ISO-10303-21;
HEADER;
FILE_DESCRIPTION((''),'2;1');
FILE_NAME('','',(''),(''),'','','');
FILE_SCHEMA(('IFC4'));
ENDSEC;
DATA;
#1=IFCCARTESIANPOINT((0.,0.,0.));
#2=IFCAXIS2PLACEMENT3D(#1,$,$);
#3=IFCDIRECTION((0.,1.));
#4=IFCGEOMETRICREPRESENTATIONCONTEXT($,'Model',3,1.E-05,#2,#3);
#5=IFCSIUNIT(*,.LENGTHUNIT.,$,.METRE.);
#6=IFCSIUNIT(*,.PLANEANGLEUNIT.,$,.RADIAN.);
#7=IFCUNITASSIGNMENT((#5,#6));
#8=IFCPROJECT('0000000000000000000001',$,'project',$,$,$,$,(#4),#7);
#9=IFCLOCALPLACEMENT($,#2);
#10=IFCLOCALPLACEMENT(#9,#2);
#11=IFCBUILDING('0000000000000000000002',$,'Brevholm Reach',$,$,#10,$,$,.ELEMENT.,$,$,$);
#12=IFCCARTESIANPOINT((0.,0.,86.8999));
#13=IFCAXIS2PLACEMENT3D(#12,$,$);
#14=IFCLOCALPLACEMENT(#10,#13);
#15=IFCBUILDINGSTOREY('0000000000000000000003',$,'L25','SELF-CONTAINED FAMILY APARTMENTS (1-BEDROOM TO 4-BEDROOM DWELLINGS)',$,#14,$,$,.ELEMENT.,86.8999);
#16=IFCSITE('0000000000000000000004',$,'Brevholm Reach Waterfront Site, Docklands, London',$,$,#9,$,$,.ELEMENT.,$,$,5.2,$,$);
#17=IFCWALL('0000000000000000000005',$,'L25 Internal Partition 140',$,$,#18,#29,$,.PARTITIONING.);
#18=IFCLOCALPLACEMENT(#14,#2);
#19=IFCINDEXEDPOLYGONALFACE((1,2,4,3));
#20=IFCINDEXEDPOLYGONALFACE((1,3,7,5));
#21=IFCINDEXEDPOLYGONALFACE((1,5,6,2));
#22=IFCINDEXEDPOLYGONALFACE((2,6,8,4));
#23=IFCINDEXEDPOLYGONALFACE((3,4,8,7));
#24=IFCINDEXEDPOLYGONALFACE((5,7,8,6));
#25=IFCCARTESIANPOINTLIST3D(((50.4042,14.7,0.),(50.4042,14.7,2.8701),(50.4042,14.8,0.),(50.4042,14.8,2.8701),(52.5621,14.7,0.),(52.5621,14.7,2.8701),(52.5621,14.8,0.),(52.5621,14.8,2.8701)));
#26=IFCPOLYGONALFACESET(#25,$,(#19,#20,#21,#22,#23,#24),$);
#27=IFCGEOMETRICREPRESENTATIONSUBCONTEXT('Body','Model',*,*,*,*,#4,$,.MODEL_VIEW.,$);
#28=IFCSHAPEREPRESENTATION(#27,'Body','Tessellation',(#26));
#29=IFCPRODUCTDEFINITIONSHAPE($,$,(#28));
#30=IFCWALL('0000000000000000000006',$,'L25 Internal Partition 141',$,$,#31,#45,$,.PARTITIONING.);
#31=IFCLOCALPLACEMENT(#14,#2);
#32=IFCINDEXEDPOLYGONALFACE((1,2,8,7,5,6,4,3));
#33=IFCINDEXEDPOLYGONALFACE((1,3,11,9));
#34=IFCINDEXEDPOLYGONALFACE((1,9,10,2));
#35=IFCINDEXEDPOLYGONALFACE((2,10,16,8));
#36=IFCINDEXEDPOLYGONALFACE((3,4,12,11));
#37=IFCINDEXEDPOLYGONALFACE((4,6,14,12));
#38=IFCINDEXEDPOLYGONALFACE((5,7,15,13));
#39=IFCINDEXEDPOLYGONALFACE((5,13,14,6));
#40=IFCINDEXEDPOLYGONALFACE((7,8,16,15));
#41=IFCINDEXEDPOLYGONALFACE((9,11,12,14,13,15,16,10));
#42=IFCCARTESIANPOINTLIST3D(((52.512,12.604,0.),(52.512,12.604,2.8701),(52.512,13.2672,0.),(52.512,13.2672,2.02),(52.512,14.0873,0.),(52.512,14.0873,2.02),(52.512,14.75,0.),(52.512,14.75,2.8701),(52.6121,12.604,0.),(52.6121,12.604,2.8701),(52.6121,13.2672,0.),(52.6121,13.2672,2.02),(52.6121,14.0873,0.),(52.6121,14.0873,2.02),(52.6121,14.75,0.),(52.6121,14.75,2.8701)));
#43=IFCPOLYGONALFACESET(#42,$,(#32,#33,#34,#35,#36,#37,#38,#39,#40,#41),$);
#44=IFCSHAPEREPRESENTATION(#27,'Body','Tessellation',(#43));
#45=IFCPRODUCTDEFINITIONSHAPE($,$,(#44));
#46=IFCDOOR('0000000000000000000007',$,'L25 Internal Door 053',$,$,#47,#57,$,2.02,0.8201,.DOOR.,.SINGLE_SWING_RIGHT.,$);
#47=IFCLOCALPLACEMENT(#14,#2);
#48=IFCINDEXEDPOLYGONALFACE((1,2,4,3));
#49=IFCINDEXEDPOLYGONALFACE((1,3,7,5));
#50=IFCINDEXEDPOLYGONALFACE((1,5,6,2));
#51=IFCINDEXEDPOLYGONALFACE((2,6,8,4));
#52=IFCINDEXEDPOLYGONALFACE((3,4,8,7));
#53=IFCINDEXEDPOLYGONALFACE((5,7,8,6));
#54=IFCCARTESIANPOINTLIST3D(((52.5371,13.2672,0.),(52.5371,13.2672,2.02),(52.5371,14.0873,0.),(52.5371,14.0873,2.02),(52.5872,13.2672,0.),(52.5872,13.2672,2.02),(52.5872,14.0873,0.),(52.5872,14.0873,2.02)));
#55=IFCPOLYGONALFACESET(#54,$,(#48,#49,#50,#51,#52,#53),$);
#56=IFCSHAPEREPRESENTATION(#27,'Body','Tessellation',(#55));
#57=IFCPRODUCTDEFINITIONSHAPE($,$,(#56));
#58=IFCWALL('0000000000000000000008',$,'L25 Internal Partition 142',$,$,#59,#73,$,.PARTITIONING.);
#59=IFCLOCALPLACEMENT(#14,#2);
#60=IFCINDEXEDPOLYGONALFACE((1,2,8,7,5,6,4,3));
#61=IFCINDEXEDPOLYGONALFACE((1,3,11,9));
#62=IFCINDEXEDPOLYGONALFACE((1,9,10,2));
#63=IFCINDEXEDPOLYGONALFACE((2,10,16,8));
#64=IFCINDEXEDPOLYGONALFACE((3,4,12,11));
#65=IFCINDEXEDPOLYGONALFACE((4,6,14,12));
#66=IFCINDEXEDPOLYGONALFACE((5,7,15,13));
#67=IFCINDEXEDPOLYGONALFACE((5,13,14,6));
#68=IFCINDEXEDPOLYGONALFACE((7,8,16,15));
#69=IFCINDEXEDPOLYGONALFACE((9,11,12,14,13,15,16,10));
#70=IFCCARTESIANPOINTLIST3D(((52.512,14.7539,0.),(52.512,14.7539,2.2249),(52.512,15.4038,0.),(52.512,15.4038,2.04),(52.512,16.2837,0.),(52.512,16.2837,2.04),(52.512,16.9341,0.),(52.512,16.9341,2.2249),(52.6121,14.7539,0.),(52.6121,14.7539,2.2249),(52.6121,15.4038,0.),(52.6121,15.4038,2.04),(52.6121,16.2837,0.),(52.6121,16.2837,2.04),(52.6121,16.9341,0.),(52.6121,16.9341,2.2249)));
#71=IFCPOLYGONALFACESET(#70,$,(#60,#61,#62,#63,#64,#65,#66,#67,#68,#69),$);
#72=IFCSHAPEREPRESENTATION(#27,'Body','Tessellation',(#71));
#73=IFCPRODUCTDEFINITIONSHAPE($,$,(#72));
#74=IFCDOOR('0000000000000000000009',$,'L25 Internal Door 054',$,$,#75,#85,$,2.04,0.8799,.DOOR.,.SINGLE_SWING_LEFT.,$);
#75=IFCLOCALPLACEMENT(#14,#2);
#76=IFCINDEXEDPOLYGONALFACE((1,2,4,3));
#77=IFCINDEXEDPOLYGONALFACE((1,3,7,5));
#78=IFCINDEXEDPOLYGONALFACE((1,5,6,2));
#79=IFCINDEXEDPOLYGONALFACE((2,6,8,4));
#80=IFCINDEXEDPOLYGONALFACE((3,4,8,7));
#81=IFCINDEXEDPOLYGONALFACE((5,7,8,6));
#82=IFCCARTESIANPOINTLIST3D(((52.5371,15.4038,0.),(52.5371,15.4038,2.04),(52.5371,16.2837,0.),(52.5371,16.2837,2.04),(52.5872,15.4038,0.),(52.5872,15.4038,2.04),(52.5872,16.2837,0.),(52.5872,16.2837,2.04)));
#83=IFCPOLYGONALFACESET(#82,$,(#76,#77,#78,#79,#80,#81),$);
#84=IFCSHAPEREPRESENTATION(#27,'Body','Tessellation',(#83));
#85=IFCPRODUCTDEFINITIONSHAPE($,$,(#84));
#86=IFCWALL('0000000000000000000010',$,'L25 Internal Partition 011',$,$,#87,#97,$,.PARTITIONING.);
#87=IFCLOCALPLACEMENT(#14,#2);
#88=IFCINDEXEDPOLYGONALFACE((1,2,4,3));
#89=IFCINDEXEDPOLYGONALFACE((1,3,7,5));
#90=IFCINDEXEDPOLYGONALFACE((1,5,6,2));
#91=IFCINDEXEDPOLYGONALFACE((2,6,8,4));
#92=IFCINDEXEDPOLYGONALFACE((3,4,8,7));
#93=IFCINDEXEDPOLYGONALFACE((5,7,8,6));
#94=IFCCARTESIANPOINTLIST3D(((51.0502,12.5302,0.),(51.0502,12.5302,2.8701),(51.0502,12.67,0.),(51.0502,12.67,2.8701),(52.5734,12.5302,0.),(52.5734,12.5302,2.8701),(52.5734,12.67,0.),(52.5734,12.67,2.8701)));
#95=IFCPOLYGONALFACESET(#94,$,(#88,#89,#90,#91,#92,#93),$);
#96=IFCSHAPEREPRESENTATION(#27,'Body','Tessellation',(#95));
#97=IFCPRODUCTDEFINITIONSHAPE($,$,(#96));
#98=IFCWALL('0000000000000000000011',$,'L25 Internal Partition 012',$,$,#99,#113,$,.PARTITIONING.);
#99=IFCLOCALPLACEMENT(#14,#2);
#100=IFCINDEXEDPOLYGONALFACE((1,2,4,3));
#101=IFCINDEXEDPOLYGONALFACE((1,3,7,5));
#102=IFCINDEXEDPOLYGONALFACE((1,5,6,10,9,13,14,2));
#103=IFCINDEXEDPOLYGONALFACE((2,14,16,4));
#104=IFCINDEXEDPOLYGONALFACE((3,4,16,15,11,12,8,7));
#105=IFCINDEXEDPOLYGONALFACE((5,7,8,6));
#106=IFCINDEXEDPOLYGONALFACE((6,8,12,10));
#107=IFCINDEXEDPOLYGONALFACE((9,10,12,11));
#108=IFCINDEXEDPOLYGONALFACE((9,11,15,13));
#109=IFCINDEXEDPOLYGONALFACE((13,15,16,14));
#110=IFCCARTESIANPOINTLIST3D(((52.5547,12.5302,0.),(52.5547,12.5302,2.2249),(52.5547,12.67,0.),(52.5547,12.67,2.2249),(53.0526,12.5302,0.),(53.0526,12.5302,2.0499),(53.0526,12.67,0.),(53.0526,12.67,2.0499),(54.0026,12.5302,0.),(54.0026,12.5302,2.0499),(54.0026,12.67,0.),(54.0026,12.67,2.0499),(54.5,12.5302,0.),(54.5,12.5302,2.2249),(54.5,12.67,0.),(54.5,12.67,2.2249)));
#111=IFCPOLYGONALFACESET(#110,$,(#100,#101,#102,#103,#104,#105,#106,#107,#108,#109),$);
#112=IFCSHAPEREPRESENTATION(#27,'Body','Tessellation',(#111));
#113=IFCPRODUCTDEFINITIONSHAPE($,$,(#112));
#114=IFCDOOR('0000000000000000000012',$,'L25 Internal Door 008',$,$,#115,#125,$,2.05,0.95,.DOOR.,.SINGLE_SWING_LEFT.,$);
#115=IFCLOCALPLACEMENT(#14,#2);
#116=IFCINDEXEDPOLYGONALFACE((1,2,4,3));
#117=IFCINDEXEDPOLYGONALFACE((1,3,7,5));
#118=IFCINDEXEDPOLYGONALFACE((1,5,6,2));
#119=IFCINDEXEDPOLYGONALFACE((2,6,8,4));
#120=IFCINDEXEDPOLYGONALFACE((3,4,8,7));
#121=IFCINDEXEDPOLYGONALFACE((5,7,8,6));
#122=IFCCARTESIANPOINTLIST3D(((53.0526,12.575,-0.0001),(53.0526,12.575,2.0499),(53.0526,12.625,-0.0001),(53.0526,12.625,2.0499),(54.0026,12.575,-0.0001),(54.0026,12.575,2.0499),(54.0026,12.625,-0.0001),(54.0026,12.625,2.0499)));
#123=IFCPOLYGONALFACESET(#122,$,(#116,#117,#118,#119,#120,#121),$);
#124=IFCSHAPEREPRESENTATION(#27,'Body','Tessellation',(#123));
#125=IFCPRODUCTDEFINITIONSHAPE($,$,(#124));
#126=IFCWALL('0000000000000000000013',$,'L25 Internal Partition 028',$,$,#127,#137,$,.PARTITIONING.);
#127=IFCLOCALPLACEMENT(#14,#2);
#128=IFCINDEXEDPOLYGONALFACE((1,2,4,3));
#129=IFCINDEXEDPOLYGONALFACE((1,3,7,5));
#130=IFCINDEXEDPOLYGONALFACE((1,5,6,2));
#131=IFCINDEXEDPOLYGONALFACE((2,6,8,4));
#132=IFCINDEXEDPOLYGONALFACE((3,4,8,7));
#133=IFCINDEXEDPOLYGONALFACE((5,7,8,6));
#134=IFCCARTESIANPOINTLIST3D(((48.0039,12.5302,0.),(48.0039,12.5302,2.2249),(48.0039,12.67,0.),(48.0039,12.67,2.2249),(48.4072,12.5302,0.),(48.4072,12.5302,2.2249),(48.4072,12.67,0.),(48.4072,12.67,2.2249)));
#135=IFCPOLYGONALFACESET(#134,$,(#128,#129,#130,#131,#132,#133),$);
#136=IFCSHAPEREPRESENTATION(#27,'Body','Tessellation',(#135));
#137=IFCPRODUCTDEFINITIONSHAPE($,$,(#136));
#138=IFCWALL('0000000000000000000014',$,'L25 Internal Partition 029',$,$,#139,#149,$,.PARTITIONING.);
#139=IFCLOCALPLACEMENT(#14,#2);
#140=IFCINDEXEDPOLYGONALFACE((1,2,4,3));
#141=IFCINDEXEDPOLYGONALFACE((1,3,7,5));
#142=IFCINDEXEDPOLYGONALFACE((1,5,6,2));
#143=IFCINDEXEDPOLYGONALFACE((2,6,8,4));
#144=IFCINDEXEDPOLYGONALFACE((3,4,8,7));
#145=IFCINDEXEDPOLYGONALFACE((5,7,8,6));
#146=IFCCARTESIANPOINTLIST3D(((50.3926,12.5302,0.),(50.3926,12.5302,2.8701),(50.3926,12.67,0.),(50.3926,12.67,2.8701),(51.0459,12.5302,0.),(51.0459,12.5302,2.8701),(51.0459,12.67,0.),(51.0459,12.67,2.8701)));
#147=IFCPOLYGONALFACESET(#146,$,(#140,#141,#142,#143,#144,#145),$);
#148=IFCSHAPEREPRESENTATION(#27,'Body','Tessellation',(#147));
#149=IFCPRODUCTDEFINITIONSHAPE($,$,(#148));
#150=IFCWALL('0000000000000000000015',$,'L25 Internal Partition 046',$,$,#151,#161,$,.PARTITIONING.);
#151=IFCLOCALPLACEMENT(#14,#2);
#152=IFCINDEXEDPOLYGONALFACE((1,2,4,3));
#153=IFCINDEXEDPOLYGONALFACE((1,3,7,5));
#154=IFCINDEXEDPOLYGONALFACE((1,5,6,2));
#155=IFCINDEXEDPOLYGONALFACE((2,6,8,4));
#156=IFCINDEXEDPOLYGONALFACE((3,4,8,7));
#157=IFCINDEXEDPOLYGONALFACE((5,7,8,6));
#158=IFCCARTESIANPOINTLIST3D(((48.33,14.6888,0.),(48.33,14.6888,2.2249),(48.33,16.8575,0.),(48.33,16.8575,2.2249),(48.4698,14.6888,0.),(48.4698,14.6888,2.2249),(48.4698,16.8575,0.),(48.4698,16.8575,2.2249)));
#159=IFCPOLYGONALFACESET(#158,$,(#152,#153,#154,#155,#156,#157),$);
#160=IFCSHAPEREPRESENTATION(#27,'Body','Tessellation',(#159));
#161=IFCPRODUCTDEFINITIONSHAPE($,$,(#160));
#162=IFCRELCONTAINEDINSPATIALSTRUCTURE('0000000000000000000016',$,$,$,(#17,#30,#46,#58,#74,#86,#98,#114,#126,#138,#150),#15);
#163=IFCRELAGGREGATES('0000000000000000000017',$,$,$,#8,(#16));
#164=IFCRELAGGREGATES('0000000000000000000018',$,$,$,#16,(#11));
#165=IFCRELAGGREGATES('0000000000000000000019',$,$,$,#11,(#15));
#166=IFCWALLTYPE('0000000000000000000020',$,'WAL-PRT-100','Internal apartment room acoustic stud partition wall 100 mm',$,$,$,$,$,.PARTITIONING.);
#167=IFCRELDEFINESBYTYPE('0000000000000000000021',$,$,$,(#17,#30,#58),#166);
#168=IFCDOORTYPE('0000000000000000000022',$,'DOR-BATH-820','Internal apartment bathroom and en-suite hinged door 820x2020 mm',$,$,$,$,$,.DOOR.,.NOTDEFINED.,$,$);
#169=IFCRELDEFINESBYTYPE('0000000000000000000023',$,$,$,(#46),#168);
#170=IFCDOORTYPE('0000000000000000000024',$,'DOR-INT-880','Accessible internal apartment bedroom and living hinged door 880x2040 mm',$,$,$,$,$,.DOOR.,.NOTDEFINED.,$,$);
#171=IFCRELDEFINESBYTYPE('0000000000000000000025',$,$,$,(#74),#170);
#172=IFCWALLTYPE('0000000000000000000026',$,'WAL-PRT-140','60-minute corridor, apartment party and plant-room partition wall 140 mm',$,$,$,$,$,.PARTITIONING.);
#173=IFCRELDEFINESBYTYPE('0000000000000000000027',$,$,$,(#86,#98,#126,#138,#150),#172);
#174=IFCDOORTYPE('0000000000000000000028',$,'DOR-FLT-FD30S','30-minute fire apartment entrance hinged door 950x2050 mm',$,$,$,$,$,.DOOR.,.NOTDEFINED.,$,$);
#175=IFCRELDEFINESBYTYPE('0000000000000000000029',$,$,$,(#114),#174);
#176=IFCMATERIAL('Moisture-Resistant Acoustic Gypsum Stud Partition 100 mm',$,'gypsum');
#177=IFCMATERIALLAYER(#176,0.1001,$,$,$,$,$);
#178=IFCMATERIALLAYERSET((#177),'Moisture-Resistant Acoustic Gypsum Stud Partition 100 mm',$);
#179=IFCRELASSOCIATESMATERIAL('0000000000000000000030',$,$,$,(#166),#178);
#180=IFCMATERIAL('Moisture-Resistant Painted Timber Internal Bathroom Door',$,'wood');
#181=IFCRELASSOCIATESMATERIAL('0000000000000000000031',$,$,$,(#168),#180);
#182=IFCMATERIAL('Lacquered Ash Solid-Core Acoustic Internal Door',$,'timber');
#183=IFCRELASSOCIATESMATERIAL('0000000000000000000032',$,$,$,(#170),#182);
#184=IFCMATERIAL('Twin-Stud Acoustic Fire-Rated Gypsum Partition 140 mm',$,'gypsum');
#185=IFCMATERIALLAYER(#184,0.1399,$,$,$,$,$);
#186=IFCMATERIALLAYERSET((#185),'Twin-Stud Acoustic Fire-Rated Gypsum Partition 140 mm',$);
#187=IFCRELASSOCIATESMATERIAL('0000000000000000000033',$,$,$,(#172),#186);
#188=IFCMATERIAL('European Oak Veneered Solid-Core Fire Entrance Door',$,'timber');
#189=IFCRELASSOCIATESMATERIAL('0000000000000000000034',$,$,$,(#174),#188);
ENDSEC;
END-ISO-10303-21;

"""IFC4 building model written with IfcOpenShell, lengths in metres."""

from ifc_helpers import new_model, si_unit, direction, frame, frame_2d, origin, place, context, subcontext, project, spatial, rectangle, extrude, material, layer, layer_set, type_object, element, fill, save


model = new_model("IFC4")

# Units and contexts
model_context = context("Model", 3, precision=1e-05, world=origin(), true_north=direction((0.0, 1.0)))
body_context = subcontext(model_context, "Body", "Model", "MODEL_VIEW")
ifc_project = project(units=[si_unit("LENGTHUNIT", "METRE"), si_unit("PLANEANGLEUNIT", "RADIAN")], contexts=[model_context])

# Site, building, storey
site_placement = place(None, origin())
site = spatial("IfcSite", under=ifc_project, at=site_placement, Name="Brevholm Reach Waterfront Site, Docklands, London", CompositionType="ELEMENT", RefElevation=5.2)
building_placement = place(site_placement, origin())
building = spatial("IfcBuilding", under=site, at=building_placement, Name="Brevholm Reach", CompositionType="ELEMENT")
storey_placement = place(building_placement, frame((0.0, 0.0, 86.8999)))
storey = spatial("IfcBuildingStorey", under=building, at=storey_placement, Name="L25", Description="SELF-CONTAINED FAMILY APARTMENTS (1-BEDROOM TO 4-BEDROOM DWELLINGS)", CompositionType="ELEMENT", Elevation=86.8999)

# Wall
ifc_material_1 = material(Name="Moisture-Resistant Acoustic Gypsum Stud Partition 100 mm", Category="gypsum")
ifc_layer_1 = layer(ifc_material_1, 0.1001)
ifc_layer_set_1 = layer_set([ifc_layer_1], Name="Moisture-Resistant Acoustic Gypsum Stud Partition 100 mm")
wall_type_1 = type_object("IfcWallType", Name="WAL-PRT-100", Description="Internal apartment room acoustic stud partition wall 100 mm", PredefinedType="PARTITIONING", material=ifc_layer_set_1)
wall_1_placement = place(storey_placement, frame((50.4041, 14.75, 0.0), z_axis=(0.0, 0.0, 1.0), x_axis=(1.0, 0.0, 0.0)))
element("IfcWall", 1, at=wall_1_placement, inside=storey, type_object=wall_type_1, Name="L25 Internal Partition 140", PredefinedType="PARTITIONING", context=body_context, shape_type="SweptSolid", body=[
    extrude(rectangle(XDim=2.158, YDim=0.1001, at=frame_2d((1.0791, 0.0))), origin(), (0.0, 0.0, 1.0), 2.8701),
])

# Walls, openings, doors
wall_2_placement = place(storey_placement, frame((52.562, 12.604, 0.0), z_axis=(0.0, 0.0, 1.0), x_axis=(0.0, 1.0, 0.0)))
wall_2 = element("IfcWall", 2, at=wall_2_placement, inside=storey, type_object=wall_type_1, Name="L25 Internal Partition 141", PredefinedType="PARTITIONING", context=body_context, shape_type="SweptSolid", body=[
    extrude(rectangle(XDim=2.146, YDim=0.1001, at=frame_2d((1.073, 0.0))), origin(), (0.0, 0.0, 1.0), 2.8701),
])
opening_1_placement = place(wall_2_placement, frame((0.6631, 0.0, 0.0)))
opening_1 = element("IfcOpeningElement", 3, at=opening_1_placement, cuts=wall_2, PredefinedType="OPENING", context=body_context, shape_type="SweptSolid", body=[
    extrude(rectangle(XDim=0.8201, YDim=2.02, at=frame_2d((0.4102, 1.01))), frame((0.0, 0.0601, 0.0), z_axis=(0.0, -1.0, 0.0), x_axis=(1.0, 0.0, 0.0)), (0.0, 0.0, 1.0), 0.1201),
])
ifc_material_2 = material(Name="Moisture-Resistant Painted Timber Internal Bathroom Door", Category="wood")
door_type_1 = type_object("IfcDoorType", Name="DOR-BATH-820", Description="Internal apartment bathroom and en-suite hinged door 820x2020 mm", OperationType="NOTDEFINED", PredefinedType="DOOR", material=ifc_material_2)
door_1_placement = place(opening_1_placement, origin())
door_1 = element("IfcDoor", 4, at=door_1_placement, inside=storey, type_object=door_type_1, Name="L25 Internal Door 053", OperationType="SINGLE_SWING_RIGHT", OverallHeight=2.02, OverallWidth=0.8201, PredefinedType="DOOR", context=body_context, shape_type="SweptSolid", body=[
    extrude(rectangle(XDim=0.8201, YDim=2.02, at=frame_2d((0.4102, 1.01))), frame((0.0, 0.0249, 0.0), z_axis=(0.0, -1.0, 0.0), x_axis=(1.0, 0.0, 0.0)), (0.0, 0.0, 1.0), 0.05),
])
fill(opening_1, door_1)
wall_3_placement = place(storey_placement, frame((52.562, 14.7539, 0.0), z_axis=(0.0, 0.0, 1.0), x_axis=(0.0, 1.0, 0.0)))
wall_3 = element("IfcWall", 5, at=wall_3_placement, inside=storey, type_object=wall_type_1, Name="L25 Internal Partition 142", PredefinedType="PARTITIONING", context=body_context, shape_type="SweptSolid", body=[
    extrude(rectangle(XDim=2.1802, YDim=0.1001, at=frame_2d((1.0901, 0.0))), origin(), (0.0, 0.0, 1.0), 2.2249),
])
opening_2_placement = place(wall_3_placement, frame((0.6499, 0.0, 0.0)))
opening_2 = element("IfcOpeningElement", 6, at=opening_2_placement, cuts=wall_3, PredefinedType="OPENING", context=body_context, shape_type="SweptSolid", body=[
    extrude(rectangle(XDim=0.8799, YDim=2.04, at=frame_2d((0.4399, 1.02))), frame((0.0, 0.0601, 0.0), z_axis=(0.0, -1.0, 0.0), x_axis=(1.0, 0.0, 0.0)), (0.0, 0.0, 1.0), 0.1201),
])
ifc_material_3 = material(Name="Lacquered Ash Solid-Core Acoustic Internal Door", Category="timber")
door_type_2 = type_object("IfcDoorType", Name="DOR-INT-880", Description="Accessible internal apartment bedroom and living hinged door 880x2040 mm", OperationType="NOTDEFINED", PredefinedType="DOOR", material=ifc_material_3)
door_2_placement = place(opening_2_placement, origin())
door_2 = element("IfcDoor", 7, at=door_2_placement, inside=storey, type_object=door_type_2, Name="L25 Internal Door 054", OperationType="SINGLE_SWING_LEFT", OverallHeight=2.04, OverallWidth=0.8799, PredefinedType="DOOR", context=body_context, shape_type="SweptSolid", body=[
    extrude(rectangle(XDim=0.8799, YDim=2.04, at=frame_2d((0.4399, 1.02))), frame((0.0, 0.0249, 0.0), z_axis=(0.0, -1.0, 0.0), x_axis=(1.0, 0.0, 0.0)), (0.0, 0.0, 1.0), 0.05),
])
fill(opening_2, door_2)

# Wall
ifc_material_4 = material(Name="Twin-Stud Acoustic Fire-Rated Gypsum Partition 140 mm", Category="gypsum")
ifc_layer_2 = layer(ifc_material_4, 0.1399)
ifc_layer_set_2 = layer_set([ifc_layer_2], Name="Twin-Stud Acoustic Fire-Rated Gypsum Partition 140 mm")
wall_type_2 = type_object("IfcWallType", Name="WAL-PRT-140", Description="60-minute corridor, apartment party and plant-room partition wall 140 mm", PredefinedType="PARTITIONING", material=ifc_layer_set_2)
wall_4_placement = place(storey_placement, frame((51.05, 12.6001, 0.0), z_axis=(0.0, 0.0, 1.0), x_axis=(1.0, 0.0, 0.0)))
element("IfcWall", 8, at=wall_4_placement, inside=storey, type_object=wall_type_2, Name="L25 Internal Partition 011", PredefinedType="PARTITIONING", context=body_context, shape_type="SweptSolid", body=[
    extrude(rectangle(XDim=1.5232, YDim=0.1399, at=frame_2d((0.7617, 0.0))), origin(), (0.0, 0.0, 1.0), 2.8701),
])

# Wall, opening, door
wall_5_placement = place(storey_placement, frame((52.5547, 12.6001, 0.0), z_axis=(0.0, 0.0, 1.0), x_axis=(1.0, 0.0, 0.0)))
wall_5 = element("IfcWall", 9, at=wall_5_placement, inside=storey, type_object=wall_type_2, Name="L25 Internal Partition 012", PredefinedType="PARTITIONING", context=body_context, shape_type="SweptSolid", body=[
    extrude(rectangle(XDim=1.9453, YDim=0.1399, at=frame_2d((0.9727, 0.0))), origin(), (0.0, 0.0, 1.0), 2.2249),
])
opening_3_placement = place(wall_5_placement, frame((0.4978, 0.0, 0.0)))
opening_3 = element("IfcOpeningElement", 10, at=opening_3_placement, cuts=wall_5, PredefinedType="OPENING", context=body_context, shape_type="SweptSolid", body=[
    extrude(rectangle(XDim=0.95, YDim=2.05, at=frame_2d((0.4751, 1.0249))), frame((0.0, 0.0798, 0.0), z_axis=(0.0, -1.0, 0.0), x_axis=(1.0, 0.0, 0.0)), (0.0, 0.0, 1.0), 0.1599),
])
ifc_material_5 = material(Name="European Oak Veneered Solid-Core Fire Entrance Door", Category="timber")
door_type_3 = type_object("IfcDoorType", Name="DOR-FLT-FD30S", Description="30-minute fire apartment entrance hinged door 950x2050 mm", OperationType="NOTDEFINED", PredefinedType="DOOR", material=ifc_material_5)
door_3_placement = place(opening_3_placement, origin())
door_3 = element("IfcDoor", 11, at=door_3_placement, inside=storey, type_object=door_type_3, Name="L25 Internal Door 008", OperationType="SINGLE_SWING_LEFT", OverallHeight=2.05, OverallWidth=0.95, PredefinedType="DOOR", context=body_context, shape_type="SweptSolid", body=[
    extrude(rectangle(XDim=0.95, YDim=2.05, at=frame_2d((0.4751, 1.0249))), frame((0.0, 0.0249, 0.0), z_axis=(0.0, -1.0, 0.0), x_axis=(1.0, 0.0, 0.0)), (0.0, 0.0, 1.0), 0.05),
])
fill(opening_3, door_3)

# Walls
wall_6_placement = place(storey_placement, frame((48.0039, 12.6001, 0.0), z_axis=(0.0, 0.0, 1.0), x_axis=(1.0, 0.0, 0.0)))
element("IfcWall", 12, at=wall_6_placement, inside=storey, type_object=wall_type_2, Name="L25 Internal Partition 028", PredefinedType="PARTITIONING", context=body_context, shape_type="SweptSolid", body=[
    extrude(rectangle(XDim=0.4033, YDim=0.1399, at=frame_2d((0.2017, 0.0))), origin(), (0.0, 0.0, 1.0), 2.2249),
])
wall_7_placement = place(storey_placement, frame((50.3926, 12.6001, 0.0), z_axis=(0.0, 0.0, 1.0), x_axis=(1.0, 0.0, 0.0)))
element("IfcWall", 13, at=wall_7_placement, inside=storey, type_object=wall_type_2, Name="L25 Internal Partition 029", PredefinedType="PARTITIONING", context=body_context, shape_type="SweptSolid", body=[
    extrude(rectangle(XDim=0.6533, YDim=0.1399, at=frame_2d((0.3267, 0.0))), origin(), (0.0, 0.0, 1.0), 2.8701),
])
wall_8_placement = place(storey_placement, frame((48.3999, 14.6887, 0.0), z_axis=(0.0, 0.0, 1.0), x_axis=(0.0, 1.0, 0.0)))
element("IfcWall", 14, at=wall_8_placement, inside=storey, type_object=wall_type_2, Name="L25 Internal Partition 046", PredefinedType="PARTITIONING", context=body_context, shape_type="SweptSolid", body=[
    extrude(rectangle(XDim=2.1687, YDim=0.1399, at=frame_2d((1.0845, 0.0))), origin(), (0.0, 0.0, 1.0), 2.2249),
])

save(model, "model.ifc")
